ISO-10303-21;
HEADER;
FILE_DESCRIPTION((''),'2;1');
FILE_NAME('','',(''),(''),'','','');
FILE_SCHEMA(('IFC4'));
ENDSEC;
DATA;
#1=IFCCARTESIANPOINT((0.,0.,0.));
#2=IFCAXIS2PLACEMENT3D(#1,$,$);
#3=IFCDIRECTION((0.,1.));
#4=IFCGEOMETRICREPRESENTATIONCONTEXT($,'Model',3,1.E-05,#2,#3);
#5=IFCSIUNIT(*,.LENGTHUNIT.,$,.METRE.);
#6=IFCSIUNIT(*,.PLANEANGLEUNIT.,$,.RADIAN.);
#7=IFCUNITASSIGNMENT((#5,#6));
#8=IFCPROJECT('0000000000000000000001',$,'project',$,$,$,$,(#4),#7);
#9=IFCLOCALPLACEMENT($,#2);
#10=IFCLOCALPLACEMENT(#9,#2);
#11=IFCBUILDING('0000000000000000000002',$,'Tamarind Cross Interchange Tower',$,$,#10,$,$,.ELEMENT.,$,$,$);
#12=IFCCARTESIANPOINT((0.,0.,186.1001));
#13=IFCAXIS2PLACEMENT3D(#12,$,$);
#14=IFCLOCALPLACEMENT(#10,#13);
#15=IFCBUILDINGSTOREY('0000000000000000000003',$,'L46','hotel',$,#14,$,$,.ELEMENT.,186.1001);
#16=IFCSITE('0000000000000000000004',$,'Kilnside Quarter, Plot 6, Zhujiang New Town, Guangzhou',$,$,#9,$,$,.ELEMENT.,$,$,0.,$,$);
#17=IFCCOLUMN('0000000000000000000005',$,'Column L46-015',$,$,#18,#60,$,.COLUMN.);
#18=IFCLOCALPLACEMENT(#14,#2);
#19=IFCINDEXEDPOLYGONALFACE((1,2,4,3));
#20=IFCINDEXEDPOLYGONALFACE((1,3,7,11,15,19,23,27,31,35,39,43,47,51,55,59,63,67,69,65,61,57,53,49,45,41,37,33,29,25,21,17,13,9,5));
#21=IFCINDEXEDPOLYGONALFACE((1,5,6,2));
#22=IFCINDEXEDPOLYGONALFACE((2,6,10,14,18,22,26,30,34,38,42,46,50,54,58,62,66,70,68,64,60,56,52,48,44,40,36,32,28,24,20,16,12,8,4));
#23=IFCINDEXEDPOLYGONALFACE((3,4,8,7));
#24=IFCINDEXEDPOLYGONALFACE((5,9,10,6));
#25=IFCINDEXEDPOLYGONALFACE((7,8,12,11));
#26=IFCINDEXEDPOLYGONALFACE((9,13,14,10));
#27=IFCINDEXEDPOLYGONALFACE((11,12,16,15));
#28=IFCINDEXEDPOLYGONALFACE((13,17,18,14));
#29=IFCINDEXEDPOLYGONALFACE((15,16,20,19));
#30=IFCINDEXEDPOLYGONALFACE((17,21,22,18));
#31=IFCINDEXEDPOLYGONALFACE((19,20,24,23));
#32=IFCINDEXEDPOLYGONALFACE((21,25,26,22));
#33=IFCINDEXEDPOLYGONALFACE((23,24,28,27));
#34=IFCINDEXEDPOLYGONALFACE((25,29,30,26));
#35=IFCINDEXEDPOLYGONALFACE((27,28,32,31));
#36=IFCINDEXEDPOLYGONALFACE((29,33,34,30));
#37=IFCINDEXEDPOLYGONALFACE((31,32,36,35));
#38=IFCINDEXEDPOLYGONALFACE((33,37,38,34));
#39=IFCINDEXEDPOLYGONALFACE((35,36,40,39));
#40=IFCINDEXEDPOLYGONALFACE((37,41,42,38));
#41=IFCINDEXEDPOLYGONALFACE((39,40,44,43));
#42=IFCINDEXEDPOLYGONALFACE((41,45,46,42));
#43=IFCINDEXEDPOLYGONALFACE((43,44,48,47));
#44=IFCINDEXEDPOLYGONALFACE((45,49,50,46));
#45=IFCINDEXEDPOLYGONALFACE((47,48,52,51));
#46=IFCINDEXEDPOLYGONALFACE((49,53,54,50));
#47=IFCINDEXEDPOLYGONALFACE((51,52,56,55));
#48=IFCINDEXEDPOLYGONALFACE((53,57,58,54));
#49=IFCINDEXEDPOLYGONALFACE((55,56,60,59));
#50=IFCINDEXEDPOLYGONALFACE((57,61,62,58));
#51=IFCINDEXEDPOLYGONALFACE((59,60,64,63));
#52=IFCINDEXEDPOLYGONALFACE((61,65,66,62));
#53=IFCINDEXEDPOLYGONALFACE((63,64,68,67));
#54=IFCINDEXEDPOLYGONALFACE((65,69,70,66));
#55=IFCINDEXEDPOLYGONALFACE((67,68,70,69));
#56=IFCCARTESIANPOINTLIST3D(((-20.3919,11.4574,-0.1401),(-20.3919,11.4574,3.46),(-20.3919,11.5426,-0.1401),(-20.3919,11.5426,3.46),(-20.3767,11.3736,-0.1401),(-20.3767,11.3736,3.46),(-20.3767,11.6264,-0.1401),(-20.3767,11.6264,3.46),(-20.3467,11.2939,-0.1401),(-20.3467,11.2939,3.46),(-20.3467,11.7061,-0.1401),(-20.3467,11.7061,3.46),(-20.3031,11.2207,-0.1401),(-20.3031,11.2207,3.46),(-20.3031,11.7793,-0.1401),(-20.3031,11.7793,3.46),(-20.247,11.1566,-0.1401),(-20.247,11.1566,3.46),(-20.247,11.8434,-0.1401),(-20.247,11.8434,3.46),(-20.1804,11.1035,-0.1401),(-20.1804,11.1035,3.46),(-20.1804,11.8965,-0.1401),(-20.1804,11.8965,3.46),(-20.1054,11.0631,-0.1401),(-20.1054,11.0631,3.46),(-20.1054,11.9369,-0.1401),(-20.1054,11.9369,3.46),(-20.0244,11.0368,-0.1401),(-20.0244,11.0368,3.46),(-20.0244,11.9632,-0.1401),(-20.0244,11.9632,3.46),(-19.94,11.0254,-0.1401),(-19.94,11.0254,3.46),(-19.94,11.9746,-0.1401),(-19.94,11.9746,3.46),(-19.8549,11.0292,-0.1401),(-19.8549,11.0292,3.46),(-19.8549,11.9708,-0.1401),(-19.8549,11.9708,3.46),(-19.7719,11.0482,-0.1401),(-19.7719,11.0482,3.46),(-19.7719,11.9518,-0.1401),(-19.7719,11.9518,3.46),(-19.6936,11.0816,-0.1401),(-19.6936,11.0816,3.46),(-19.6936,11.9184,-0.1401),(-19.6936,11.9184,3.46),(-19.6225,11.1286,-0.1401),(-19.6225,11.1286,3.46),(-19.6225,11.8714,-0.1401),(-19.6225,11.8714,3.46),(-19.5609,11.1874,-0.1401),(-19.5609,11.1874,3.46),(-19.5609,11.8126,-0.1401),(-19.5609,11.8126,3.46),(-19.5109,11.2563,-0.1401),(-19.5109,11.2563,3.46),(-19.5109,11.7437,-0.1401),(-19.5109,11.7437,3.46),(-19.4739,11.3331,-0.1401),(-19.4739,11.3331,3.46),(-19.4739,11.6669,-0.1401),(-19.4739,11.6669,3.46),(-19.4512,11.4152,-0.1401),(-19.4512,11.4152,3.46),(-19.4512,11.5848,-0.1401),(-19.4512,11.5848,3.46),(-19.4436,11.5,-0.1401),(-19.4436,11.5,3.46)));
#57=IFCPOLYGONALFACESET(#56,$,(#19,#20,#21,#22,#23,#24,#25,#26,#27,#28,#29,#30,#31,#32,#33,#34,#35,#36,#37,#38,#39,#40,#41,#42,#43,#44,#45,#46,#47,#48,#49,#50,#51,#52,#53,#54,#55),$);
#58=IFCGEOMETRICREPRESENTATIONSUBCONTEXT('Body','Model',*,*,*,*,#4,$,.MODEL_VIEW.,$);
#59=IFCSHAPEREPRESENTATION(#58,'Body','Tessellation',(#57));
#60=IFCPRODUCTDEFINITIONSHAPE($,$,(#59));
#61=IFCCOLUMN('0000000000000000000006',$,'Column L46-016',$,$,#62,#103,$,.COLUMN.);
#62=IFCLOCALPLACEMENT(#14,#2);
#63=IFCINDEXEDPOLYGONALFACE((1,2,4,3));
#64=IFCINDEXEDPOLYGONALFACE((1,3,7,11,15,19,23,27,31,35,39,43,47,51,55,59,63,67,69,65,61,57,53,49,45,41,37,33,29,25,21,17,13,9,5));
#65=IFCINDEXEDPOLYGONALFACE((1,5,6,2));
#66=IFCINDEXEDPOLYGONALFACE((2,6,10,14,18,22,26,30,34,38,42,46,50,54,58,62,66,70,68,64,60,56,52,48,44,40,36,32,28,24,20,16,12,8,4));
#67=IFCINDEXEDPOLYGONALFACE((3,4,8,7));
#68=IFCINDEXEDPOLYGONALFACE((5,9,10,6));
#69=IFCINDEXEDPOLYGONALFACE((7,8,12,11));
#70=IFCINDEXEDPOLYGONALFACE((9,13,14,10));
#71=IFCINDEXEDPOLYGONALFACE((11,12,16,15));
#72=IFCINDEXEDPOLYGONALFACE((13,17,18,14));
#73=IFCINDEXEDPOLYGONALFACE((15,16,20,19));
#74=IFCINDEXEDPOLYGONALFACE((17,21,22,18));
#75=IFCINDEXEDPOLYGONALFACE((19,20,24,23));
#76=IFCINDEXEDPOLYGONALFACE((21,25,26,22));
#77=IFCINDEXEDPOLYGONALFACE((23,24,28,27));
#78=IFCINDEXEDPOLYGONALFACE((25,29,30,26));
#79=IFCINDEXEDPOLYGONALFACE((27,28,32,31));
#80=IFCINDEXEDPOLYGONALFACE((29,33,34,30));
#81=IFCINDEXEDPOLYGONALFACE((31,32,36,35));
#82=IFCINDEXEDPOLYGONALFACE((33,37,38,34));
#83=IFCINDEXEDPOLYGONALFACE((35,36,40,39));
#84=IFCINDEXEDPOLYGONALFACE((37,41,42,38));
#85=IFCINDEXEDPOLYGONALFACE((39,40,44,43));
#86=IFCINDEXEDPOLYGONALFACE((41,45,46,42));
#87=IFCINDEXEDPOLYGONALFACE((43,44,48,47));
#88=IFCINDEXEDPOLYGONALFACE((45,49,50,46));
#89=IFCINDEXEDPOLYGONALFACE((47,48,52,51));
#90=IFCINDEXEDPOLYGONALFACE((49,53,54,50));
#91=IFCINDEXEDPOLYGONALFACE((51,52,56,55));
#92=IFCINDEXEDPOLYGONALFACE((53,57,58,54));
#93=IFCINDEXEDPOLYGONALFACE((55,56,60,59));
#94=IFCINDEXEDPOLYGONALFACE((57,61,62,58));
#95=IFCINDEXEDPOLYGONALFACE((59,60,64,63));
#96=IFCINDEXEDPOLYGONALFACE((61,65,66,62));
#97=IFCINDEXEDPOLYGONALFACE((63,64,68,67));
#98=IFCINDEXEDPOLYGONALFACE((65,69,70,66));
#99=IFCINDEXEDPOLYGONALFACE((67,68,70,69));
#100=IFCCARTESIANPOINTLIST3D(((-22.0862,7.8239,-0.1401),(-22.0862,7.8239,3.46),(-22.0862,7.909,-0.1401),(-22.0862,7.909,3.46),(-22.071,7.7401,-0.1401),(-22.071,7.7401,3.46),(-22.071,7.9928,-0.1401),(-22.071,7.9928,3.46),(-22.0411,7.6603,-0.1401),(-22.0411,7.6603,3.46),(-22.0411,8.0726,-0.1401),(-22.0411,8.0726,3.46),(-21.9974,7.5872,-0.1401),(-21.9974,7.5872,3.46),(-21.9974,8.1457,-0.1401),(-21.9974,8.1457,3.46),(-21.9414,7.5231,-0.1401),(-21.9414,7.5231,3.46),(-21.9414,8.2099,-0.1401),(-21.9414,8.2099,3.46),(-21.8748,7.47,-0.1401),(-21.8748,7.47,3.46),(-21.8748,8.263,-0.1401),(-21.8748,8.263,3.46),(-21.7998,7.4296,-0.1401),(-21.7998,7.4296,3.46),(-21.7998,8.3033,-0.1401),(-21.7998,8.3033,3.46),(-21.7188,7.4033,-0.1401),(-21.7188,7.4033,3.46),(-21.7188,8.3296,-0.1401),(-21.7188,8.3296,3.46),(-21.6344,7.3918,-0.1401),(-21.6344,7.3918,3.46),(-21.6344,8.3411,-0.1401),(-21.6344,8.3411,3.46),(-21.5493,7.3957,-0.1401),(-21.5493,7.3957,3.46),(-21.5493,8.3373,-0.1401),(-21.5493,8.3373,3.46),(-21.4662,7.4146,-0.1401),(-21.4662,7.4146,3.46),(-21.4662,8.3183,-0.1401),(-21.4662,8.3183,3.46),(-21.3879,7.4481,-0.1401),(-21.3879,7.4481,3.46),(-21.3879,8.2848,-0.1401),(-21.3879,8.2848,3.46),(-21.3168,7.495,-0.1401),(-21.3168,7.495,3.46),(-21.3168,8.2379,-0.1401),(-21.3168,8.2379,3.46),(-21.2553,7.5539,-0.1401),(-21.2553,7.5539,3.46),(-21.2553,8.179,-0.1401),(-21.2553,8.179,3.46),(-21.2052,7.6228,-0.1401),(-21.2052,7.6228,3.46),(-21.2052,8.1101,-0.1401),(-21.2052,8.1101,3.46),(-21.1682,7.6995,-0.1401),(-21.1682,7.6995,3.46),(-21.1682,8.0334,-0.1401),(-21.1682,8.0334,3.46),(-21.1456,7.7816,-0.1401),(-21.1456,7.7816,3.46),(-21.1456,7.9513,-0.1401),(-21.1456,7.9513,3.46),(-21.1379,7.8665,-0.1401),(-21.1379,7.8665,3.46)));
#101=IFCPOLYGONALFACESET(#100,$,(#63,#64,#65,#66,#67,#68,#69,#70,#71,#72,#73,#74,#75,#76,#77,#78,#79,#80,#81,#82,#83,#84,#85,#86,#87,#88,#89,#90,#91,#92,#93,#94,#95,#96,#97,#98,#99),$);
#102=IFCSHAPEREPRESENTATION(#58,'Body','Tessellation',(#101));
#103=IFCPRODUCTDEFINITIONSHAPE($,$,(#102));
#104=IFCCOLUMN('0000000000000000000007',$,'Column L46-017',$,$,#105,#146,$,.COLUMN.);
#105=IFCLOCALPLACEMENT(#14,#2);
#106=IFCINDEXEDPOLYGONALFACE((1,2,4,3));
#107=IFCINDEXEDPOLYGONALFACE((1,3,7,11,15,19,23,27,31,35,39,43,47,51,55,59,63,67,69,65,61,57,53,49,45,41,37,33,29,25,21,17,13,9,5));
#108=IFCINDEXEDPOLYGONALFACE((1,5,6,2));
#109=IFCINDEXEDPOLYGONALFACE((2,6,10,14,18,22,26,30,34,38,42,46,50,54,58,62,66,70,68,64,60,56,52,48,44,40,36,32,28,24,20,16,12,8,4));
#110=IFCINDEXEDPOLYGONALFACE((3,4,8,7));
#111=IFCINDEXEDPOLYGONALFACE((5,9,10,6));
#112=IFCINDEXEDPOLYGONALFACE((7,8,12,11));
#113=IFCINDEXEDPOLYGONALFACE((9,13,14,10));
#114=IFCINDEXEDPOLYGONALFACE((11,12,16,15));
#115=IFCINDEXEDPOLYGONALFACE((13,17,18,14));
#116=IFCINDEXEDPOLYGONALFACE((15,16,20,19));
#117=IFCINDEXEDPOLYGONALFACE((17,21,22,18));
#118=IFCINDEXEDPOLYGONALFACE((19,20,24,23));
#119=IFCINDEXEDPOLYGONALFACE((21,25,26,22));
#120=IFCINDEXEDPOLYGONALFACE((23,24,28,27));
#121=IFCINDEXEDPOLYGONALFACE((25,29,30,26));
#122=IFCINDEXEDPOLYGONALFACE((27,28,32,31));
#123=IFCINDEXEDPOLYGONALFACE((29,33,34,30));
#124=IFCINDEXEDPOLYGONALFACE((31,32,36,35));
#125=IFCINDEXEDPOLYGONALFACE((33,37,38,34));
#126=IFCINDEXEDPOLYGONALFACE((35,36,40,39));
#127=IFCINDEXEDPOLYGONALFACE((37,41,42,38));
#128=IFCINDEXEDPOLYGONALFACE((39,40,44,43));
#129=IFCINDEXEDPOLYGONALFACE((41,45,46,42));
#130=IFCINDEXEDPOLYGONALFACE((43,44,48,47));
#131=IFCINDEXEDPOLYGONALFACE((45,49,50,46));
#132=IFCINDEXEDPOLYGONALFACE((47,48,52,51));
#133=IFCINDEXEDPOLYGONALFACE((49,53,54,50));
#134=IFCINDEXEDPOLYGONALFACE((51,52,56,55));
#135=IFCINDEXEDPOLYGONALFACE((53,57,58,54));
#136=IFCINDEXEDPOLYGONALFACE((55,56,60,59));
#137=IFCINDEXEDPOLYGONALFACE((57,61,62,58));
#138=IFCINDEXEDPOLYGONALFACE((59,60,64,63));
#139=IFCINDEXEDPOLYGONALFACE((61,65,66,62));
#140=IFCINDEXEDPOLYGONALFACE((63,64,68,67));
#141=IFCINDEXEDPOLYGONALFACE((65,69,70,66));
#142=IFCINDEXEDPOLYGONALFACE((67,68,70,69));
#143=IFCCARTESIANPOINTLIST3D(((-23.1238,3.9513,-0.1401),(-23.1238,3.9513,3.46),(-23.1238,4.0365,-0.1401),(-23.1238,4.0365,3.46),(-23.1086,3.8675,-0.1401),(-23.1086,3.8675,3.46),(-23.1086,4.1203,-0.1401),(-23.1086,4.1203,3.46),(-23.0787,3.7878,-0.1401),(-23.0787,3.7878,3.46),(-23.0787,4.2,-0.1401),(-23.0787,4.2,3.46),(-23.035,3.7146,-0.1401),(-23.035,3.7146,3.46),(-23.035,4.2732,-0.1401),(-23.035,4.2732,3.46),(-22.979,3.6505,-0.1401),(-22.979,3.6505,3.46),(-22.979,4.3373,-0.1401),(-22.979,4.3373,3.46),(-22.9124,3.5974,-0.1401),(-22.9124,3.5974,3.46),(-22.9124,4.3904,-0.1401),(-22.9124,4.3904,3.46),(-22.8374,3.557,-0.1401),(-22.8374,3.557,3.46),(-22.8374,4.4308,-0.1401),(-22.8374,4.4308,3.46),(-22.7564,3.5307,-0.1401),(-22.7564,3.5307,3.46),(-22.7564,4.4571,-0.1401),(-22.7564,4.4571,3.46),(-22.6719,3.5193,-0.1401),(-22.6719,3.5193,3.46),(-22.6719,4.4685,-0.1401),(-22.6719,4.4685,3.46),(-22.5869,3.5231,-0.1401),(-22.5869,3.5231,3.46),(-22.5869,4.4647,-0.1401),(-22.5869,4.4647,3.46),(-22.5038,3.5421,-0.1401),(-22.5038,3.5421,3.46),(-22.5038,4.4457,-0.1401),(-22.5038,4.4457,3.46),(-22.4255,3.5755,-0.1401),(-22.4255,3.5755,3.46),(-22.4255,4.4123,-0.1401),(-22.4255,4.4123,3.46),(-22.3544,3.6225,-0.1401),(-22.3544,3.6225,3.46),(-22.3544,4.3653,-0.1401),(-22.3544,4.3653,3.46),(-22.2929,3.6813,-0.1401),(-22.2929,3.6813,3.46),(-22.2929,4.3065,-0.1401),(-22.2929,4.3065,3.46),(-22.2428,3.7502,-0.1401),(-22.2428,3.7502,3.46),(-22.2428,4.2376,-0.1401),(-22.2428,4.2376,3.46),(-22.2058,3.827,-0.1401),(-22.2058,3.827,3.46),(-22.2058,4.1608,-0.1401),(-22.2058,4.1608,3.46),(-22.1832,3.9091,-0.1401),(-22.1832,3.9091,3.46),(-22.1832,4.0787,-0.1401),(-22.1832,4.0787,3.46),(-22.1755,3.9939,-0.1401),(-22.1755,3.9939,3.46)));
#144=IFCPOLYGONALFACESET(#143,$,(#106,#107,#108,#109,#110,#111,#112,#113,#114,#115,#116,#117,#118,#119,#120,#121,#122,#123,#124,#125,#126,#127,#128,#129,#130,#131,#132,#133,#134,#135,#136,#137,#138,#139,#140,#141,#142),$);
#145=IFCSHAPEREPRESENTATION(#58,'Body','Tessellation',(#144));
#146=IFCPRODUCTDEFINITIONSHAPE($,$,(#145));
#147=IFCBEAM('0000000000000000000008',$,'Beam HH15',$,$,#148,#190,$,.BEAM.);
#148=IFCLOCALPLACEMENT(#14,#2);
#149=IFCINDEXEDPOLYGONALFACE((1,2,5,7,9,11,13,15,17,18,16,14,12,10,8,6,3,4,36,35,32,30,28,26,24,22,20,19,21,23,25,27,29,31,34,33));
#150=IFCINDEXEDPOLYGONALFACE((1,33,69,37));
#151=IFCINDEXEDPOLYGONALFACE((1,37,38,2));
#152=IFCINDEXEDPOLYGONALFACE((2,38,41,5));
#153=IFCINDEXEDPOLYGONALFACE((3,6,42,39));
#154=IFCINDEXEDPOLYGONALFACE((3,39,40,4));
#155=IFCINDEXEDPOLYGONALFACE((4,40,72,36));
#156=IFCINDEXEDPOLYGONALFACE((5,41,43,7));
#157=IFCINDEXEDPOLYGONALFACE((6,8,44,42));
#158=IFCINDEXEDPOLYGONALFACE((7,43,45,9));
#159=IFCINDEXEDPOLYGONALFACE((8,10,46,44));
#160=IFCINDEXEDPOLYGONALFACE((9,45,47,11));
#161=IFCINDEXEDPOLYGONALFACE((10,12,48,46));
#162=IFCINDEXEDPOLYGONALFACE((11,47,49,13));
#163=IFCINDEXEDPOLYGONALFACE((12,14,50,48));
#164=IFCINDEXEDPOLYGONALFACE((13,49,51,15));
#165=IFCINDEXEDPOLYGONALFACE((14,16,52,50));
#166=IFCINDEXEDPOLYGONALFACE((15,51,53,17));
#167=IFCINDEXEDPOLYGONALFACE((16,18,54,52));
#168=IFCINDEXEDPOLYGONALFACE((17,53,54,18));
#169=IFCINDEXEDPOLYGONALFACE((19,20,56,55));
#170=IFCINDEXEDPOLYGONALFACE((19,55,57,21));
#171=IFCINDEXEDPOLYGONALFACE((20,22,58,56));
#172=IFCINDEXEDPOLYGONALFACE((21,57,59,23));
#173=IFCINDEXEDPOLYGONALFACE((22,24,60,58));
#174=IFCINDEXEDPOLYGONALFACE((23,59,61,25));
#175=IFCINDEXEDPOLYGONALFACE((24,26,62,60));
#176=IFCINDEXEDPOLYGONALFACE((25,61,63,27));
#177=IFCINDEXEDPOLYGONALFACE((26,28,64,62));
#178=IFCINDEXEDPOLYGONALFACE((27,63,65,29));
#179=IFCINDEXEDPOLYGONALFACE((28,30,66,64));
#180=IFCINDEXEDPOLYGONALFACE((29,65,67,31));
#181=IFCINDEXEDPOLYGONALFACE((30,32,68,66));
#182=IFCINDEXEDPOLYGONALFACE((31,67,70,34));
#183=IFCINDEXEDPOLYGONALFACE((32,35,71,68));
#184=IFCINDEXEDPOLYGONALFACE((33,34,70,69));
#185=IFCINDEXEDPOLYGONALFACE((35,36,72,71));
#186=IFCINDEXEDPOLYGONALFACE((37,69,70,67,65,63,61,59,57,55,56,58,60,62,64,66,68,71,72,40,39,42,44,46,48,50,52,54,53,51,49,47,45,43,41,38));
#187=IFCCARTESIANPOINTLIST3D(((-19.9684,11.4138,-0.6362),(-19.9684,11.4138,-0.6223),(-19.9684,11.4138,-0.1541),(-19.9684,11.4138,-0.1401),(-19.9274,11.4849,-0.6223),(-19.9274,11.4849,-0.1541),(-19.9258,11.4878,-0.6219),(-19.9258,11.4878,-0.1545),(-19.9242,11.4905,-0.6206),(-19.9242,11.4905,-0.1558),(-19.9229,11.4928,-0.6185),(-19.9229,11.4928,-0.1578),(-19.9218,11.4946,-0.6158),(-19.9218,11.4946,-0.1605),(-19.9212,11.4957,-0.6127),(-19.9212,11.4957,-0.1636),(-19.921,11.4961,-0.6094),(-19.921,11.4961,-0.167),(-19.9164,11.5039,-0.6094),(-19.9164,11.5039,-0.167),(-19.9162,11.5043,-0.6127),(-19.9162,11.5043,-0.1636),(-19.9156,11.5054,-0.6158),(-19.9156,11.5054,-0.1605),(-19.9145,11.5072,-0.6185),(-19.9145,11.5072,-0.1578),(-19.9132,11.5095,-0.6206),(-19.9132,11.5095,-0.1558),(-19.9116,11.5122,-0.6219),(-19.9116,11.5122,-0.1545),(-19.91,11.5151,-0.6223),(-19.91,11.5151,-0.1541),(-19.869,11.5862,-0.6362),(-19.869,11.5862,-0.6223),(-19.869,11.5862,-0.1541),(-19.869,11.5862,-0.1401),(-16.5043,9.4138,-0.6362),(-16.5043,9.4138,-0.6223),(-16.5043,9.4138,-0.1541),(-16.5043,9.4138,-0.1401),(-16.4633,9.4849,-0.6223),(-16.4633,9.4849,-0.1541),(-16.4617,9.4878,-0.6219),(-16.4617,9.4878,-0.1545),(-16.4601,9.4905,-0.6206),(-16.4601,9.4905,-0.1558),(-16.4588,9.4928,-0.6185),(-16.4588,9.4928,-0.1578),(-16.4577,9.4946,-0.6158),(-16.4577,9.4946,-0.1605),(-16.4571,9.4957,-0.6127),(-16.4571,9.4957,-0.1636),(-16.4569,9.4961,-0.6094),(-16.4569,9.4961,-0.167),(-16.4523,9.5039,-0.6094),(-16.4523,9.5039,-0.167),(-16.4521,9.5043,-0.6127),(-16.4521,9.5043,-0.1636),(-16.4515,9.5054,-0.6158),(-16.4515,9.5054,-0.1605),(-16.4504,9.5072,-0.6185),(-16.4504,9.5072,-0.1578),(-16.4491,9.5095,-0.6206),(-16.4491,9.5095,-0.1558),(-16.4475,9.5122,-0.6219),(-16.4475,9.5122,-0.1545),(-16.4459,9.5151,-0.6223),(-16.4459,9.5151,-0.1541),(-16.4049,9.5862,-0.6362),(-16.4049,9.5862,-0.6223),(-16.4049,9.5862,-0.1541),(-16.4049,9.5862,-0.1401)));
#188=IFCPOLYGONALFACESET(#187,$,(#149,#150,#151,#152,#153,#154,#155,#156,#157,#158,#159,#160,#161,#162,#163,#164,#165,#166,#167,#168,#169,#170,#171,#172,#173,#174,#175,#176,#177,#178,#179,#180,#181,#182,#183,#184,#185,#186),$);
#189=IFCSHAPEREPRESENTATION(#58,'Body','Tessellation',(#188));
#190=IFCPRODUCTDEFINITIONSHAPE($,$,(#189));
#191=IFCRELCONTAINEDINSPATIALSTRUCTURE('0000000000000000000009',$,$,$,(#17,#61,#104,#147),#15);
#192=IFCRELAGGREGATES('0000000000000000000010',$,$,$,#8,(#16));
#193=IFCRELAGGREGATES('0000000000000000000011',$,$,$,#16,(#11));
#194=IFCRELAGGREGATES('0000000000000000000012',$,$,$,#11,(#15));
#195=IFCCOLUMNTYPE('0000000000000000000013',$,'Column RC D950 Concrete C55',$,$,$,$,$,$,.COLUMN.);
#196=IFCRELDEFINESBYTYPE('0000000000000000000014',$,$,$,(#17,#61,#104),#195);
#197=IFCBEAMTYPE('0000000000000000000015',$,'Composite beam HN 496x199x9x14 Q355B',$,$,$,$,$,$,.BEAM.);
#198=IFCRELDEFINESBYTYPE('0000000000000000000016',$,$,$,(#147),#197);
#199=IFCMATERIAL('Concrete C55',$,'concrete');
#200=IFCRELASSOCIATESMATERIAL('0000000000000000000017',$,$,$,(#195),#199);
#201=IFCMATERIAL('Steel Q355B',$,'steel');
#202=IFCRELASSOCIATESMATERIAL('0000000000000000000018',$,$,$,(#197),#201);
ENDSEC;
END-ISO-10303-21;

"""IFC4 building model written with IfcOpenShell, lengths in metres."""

from ifc_helpers import new_model, si_unit, direction, frame, origin, origin_2d, place, context, subcontext, project, spatial, circle, i_section, extrude, material, material_profile, profile_set, type_object, element, save


model = new_model("IFC4")

# Units and contexts
model_context = context("Model", 3, precision=1e-05, world=origin(), true_north=direction((0.0, 1.0)))
body_context = subcontext(model_context, "Body", "Model", "MODEL_VIEW")
ifc_project = project(units=[si_unit("LENGTHUNIT", "METRE"), si_unit("PLANEANGLEUNIT", "RADIAN")], contexts=[model_context])

# Site, building, storey
site_placement = place(None, origin())
site = spatial("IfcSite", under=ifc_project, at=site_placement, Name="Kilnside Quarter, Plot 6, Zhujiang New Town, Guangzhou", CompositionType="ELEMENT", RefElevation=0.0)
building_placement = place(site_placement, origin())
building = spatial("IfcBuilding", under=site, at=building_placement, Name="Tamarind Cross Interchange Tower", CompositionType="ELEMENT")
storey_placement = place(building_placement, frame((0.0, 0.0, 186.1001)))
storey = spatial("IfcBuildingStorey", under=building, at=storey_placement, Name="L46", Description="hotel", CompositionType="ELEMENT", Elevation=186.1001)

# Columns
ifc_material_1 = material(Name="Concrete C55", Category="concrete")
ifc_material_profile_1 = material_profile(ifc_material_1, circle(Radius=0.4751, at=origin_2d()), Name="RC D950")
ifc_profile_set_1 = profile_set([ifc_material_profile_1], Name="Concrete C55")
column_type = type_object("IfcColumnType", Name="Column RC D950 Concrete C55", PredefinedType="COLUMN", material=ifc_profile_set_1)
for number, where, z_axis, x_axis, name in (
    (1, (-19.9187, 11.5, -0.1401), (0.0, 0.0, 1.0), (1.0, 0.0, 0.0), "Column L46-015"),
    (2, (-21.613, 7.8665, -0.1401), (0.0, 0.0, 1.0), (1.0, 0.0, 0.0), "Column L46-016"),
    (3, (-22.6506, 3.9939, -0.1401), (0.0, 0.0, 1.0), (1.0, 0.0, 0.0), "Column L46-017"),
):
    element("IfcColumn", number, at=place(storey_placement, frame(where, z_axis=z_axis, x_axis=x_axis)), inside=storey, type_object=column_type, Name=name, PredefinedType="COLUMN", context=body_context, shape_type="SweptSolid", body=[
        extrude(circle(Radius=0.4751, at=origin_2d()), origin(), (0.0, 0.0, 1.0), 3.6001),
    ])

# Beam
ifc_material_2 = material(Name="Steel Q355B", Category="steel")
ifc_material_profile_2 = material_profile(ifc_material_2, i_section(OverallWidth=0.199, OverallDepth=0.4961, WebThickness=0.009, FlangeThickness=0.0139, FilletRadius=0.0129, at=origin_2d()), Name="HN 496x199x9x14")
ifc_profile_set_2 = profile_set([ifc_material_profile_2], Name="Steel Q355B")
beam_type = type_object("IfcBeamType", Name="Composite beam HN 496x199x9x14 Q355B", PredefinedType="BEAM", material=ifc_profile_set_2)
beam_1_placement = place(storey_placement, frame((-19.9187, 11.5, -0.3882), z_axis=(0.866026, -0.499999, 0.0), x_axis=(0.499999, 0.866026, 0.0)))
element("IfcBeam", 4, at=beam_1_placement, inside=storey, type_object=beam_type, Name="Beam HH15", PredefinedType="BEAM", context=body_context, shape_type="SweptSolid", body=[
    extrude(i_section(OverallWidth=0.199, OverallDepth=0.4961, WebThickness=0.009, FlangeThickness=0.0139, FilletRadius=0.0129, at=origin_2d()), origin(), (0.0, 0.0, 1.0), 4.0),
])

save(model, "model.ifc")
